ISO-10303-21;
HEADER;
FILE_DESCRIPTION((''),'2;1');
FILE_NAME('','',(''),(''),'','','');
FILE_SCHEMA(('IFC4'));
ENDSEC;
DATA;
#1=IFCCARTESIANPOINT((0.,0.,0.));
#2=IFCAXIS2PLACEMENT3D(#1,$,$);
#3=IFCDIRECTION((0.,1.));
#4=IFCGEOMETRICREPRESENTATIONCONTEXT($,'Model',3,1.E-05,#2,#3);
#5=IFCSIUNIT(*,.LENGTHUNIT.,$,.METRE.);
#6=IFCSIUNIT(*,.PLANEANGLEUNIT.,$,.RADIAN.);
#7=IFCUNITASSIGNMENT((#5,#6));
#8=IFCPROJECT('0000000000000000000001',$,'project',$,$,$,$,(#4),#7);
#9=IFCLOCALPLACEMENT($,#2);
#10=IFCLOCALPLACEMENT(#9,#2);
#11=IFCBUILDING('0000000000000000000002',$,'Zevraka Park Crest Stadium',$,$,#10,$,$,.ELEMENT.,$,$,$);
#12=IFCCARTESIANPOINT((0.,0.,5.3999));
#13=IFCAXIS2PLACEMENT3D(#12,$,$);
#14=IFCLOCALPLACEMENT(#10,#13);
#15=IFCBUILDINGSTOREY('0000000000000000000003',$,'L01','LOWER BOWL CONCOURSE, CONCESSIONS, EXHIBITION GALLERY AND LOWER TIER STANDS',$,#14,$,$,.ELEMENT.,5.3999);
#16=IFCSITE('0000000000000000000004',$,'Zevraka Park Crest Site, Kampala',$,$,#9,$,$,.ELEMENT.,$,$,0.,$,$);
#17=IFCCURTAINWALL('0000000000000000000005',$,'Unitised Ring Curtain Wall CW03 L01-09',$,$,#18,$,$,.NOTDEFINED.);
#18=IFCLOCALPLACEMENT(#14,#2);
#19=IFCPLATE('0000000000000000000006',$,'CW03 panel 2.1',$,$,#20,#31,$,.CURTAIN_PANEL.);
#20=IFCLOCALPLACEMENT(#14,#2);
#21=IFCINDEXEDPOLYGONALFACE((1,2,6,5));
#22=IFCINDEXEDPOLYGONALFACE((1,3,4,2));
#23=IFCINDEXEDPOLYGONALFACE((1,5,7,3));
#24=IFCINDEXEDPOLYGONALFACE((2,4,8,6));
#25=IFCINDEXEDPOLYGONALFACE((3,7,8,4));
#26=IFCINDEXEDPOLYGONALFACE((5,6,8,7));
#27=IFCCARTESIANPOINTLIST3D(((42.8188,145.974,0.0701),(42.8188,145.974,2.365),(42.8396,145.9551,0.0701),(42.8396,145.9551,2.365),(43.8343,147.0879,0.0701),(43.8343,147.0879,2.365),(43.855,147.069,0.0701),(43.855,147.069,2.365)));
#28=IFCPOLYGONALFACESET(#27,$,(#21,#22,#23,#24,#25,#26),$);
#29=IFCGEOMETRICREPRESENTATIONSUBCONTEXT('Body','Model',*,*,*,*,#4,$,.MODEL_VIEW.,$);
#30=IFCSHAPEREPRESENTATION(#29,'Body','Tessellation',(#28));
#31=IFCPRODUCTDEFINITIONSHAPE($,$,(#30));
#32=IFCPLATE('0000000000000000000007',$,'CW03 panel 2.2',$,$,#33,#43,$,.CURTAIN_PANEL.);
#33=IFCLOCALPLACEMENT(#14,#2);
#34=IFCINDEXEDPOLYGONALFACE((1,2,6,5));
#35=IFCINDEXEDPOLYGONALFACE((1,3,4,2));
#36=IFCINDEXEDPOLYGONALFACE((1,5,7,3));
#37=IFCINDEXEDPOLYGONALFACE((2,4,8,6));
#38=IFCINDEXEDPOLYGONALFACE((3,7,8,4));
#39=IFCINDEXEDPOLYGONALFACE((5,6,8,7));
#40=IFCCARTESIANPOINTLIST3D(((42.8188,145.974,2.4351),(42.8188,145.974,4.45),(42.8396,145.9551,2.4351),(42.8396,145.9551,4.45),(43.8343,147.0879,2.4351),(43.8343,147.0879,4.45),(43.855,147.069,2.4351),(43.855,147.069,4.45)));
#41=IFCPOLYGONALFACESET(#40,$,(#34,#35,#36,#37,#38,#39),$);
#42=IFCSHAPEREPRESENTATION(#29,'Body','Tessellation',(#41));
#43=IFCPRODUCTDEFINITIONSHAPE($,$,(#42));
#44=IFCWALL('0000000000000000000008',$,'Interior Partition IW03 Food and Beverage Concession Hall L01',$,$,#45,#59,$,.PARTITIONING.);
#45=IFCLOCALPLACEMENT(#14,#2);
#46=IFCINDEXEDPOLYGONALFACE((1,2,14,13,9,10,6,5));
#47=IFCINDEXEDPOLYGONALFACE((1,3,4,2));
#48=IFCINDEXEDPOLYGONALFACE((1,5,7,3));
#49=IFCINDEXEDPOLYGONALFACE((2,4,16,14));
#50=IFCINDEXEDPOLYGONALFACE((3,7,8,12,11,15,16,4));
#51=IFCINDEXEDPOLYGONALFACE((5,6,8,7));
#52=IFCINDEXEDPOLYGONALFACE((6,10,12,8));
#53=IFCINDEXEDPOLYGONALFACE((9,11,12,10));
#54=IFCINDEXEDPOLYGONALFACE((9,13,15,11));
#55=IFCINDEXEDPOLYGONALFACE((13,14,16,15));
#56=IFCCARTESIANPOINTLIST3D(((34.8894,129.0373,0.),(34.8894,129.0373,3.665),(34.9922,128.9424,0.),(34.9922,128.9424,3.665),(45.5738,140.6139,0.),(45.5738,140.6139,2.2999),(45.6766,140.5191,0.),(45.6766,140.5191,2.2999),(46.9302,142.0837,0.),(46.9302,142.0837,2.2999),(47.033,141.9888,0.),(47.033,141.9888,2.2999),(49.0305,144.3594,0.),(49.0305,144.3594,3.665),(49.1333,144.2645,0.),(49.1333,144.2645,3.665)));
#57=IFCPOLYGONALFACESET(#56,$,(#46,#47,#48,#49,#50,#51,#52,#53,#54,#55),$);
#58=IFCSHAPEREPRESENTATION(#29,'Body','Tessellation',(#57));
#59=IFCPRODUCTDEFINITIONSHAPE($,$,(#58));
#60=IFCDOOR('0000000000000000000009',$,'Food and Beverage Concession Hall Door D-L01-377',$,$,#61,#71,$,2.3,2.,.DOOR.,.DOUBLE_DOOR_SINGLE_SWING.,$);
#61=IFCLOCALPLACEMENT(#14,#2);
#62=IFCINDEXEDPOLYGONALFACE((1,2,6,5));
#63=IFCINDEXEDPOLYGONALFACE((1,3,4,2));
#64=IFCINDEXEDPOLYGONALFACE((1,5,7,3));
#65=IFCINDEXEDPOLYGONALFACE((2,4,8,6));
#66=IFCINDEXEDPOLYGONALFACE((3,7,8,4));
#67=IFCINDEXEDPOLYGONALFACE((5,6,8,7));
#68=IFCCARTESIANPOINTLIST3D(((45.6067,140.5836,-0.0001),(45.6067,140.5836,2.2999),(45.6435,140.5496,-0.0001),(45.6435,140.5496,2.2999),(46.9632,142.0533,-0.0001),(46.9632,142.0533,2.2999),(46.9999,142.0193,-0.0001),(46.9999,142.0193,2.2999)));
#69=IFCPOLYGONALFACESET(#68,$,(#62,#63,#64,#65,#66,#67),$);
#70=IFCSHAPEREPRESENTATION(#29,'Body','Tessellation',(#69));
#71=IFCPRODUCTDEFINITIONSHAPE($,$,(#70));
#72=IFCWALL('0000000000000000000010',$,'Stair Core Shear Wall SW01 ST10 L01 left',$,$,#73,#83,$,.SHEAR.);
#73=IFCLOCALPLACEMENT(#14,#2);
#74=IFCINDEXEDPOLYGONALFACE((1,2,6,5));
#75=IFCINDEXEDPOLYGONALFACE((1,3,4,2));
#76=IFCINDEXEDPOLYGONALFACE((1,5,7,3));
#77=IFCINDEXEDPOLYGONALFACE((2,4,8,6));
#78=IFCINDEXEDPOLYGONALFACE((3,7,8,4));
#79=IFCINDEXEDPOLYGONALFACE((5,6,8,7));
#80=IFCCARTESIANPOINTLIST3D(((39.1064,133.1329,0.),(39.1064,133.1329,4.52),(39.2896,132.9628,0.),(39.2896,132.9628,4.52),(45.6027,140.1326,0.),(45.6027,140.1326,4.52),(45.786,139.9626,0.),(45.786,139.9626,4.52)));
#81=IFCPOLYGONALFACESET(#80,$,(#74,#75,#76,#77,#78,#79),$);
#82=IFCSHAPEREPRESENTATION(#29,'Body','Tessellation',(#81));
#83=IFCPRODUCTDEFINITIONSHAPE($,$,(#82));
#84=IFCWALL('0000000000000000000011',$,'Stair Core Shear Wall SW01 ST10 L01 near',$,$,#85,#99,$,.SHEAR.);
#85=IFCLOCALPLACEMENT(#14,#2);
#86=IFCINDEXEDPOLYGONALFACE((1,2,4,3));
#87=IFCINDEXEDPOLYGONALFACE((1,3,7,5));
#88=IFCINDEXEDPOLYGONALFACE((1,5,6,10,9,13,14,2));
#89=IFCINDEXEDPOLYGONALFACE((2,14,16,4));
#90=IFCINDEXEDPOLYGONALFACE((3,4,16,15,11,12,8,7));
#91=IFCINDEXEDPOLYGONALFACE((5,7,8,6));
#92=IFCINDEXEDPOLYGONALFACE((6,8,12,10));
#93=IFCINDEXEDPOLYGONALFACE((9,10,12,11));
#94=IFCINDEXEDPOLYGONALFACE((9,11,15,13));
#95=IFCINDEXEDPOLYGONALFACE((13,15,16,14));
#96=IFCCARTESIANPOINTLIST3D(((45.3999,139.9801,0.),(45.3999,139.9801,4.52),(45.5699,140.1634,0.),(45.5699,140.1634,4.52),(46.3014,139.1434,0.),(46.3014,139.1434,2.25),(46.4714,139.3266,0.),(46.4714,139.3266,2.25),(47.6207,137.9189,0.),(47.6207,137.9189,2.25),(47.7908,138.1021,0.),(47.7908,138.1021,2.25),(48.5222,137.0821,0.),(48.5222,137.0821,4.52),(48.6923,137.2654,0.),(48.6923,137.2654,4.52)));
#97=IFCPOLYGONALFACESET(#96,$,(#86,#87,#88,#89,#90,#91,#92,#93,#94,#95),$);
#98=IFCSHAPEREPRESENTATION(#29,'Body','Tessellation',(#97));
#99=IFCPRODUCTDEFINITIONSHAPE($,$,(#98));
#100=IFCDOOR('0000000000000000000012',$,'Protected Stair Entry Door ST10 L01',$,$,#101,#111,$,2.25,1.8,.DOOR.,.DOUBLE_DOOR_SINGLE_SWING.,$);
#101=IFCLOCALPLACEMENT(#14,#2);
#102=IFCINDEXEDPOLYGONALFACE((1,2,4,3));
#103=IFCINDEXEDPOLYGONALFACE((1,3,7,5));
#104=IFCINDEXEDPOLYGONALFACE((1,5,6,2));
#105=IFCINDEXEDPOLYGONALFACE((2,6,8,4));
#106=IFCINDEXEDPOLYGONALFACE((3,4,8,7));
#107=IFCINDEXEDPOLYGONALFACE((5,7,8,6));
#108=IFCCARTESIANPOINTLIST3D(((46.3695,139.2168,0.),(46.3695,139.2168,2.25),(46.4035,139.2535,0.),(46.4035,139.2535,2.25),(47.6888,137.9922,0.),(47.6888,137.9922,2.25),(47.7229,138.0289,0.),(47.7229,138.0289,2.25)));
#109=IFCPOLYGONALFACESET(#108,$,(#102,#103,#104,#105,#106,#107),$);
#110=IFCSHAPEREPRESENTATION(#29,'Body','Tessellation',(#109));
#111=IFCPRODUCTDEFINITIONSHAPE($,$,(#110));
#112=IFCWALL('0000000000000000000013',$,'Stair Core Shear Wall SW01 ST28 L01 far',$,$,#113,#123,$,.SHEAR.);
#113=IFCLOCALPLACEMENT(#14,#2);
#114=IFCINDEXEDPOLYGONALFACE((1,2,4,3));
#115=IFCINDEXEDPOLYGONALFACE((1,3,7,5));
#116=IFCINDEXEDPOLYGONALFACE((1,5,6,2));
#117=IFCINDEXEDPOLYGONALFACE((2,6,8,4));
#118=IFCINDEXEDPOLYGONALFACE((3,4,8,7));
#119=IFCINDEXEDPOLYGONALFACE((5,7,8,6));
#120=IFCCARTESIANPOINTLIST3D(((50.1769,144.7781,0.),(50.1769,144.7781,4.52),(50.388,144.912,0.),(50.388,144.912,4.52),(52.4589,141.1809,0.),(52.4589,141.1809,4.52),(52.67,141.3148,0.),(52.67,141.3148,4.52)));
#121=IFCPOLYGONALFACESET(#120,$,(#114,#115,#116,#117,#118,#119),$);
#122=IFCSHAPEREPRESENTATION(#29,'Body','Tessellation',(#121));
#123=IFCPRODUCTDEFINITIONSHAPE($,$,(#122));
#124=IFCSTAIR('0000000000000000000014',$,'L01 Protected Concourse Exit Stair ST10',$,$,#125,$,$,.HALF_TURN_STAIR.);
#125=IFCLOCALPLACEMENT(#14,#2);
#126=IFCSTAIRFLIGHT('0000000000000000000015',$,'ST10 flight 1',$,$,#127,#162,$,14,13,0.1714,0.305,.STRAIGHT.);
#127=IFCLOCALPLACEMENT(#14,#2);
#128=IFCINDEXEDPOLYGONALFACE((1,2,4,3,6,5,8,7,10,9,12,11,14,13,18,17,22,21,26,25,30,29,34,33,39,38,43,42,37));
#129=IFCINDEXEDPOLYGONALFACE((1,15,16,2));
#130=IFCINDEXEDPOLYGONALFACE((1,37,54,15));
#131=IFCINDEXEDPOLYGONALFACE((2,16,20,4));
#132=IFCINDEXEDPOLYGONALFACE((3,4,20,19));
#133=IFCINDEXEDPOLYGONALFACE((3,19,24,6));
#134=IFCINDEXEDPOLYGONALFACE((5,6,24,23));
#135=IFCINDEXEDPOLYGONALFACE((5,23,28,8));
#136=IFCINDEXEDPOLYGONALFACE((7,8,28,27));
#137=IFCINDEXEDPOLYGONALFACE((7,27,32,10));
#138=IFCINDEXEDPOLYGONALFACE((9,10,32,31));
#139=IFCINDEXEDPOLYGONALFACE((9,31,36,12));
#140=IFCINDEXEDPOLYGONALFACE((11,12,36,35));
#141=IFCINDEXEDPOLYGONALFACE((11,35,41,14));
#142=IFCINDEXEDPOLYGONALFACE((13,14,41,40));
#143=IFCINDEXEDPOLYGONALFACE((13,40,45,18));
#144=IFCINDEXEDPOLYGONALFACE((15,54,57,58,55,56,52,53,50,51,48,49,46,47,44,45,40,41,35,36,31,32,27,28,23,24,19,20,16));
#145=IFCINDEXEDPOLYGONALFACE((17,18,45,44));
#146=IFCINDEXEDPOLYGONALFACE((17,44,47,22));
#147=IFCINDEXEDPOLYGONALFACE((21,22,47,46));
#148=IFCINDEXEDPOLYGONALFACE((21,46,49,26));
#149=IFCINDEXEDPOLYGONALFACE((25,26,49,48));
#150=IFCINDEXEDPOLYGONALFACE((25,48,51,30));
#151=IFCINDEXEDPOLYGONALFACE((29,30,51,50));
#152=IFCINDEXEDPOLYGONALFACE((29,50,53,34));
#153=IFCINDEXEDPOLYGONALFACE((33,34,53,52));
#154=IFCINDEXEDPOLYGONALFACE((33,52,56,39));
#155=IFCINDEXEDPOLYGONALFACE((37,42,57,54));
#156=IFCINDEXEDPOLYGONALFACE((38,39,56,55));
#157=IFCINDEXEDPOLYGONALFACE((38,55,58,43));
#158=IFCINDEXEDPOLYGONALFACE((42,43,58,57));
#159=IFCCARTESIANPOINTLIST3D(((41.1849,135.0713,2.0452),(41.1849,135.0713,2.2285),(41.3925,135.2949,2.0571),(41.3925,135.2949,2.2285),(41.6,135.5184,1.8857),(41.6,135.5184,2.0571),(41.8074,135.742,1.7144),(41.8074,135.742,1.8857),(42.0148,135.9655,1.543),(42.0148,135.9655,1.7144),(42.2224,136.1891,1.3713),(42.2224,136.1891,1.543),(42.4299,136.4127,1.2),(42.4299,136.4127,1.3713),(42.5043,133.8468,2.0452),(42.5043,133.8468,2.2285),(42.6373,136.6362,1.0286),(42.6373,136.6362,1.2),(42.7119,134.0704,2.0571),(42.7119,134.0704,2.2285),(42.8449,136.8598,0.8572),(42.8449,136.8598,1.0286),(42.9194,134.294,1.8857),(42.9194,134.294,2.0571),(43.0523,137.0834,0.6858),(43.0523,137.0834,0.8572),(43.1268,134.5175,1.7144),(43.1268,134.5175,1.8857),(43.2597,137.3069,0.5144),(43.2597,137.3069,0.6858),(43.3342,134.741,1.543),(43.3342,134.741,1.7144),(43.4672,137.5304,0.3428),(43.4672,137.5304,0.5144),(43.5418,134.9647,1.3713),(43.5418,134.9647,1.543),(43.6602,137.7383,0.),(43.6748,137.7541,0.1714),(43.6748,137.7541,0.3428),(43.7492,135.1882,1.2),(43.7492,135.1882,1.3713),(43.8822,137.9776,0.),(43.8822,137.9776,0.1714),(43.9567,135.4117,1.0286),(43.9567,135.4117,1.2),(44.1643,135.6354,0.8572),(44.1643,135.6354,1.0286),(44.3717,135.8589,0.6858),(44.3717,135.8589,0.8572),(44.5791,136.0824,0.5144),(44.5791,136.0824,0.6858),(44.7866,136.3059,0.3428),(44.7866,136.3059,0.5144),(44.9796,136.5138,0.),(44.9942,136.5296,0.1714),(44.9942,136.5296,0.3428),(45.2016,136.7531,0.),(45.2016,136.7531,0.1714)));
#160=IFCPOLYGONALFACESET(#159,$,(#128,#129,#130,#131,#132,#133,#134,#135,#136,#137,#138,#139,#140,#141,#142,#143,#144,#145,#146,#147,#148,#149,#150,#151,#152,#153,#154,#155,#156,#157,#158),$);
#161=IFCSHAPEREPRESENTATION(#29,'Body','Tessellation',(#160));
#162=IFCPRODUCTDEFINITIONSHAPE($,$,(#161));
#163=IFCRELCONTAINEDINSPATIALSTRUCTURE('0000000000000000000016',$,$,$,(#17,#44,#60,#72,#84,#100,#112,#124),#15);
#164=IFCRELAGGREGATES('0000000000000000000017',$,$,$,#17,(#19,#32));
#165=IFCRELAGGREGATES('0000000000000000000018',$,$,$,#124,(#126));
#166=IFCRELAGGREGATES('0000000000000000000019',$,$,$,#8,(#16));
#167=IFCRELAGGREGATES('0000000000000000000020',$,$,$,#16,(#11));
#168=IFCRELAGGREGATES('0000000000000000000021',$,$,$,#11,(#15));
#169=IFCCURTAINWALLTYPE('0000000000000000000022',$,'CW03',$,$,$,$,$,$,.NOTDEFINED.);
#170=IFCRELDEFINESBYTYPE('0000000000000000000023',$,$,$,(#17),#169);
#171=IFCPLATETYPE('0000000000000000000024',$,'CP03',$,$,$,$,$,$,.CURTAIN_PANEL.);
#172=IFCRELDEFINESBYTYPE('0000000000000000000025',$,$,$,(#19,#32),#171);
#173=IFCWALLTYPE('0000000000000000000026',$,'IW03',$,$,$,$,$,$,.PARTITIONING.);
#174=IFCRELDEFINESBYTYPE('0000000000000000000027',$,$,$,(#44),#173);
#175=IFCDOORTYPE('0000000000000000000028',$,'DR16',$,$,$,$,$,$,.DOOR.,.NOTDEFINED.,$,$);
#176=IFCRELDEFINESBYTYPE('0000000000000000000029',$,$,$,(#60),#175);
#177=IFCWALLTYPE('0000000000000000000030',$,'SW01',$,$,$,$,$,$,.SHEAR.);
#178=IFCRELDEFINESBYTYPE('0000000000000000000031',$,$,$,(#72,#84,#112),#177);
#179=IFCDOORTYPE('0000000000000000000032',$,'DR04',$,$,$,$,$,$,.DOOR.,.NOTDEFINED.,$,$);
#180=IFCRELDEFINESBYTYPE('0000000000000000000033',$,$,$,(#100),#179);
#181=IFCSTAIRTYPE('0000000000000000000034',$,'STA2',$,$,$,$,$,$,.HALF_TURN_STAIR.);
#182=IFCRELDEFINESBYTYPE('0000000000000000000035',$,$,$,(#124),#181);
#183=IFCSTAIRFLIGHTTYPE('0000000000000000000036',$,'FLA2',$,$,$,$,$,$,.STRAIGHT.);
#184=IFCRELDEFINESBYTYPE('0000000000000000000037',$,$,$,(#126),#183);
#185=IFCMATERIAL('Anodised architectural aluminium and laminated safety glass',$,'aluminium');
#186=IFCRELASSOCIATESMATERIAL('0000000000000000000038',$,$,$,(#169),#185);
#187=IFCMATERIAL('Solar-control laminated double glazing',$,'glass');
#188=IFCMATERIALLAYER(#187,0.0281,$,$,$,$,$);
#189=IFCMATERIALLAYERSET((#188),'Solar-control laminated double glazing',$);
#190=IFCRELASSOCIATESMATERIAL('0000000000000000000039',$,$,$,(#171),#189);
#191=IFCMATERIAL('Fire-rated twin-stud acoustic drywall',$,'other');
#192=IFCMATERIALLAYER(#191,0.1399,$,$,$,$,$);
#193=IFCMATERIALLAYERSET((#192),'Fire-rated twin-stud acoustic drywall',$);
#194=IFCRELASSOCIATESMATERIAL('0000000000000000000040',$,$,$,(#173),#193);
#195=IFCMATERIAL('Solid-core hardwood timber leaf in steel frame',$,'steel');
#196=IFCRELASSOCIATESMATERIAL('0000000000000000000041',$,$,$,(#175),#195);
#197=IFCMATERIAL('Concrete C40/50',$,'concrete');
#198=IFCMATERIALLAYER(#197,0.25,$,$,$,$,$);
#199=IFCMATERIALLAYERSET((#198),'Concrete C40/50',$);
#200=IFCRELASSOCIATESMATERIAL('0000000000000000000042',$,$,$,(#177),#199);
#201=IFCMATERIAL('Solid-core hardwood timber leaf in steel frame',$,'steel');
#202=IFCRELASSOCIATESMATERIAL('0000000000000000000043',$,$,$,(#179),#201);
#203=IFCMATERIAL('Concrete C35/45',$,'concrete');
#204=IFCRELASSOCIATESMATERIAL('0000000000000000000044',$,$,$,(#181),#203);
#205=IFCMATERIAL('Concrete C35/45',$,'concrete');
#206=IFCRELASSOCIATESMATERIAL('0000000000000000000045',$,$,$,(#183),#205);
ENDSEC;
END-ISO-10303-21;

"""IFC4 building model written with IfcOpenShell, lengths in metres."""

from ifc_helpers import new_model, si_unit, direction, frame, frame_2d, origin, origin_2d, place, context, subcontext, project, spatial, polyline, rectangle, outline, extrude, material, layer, layer_set, type_object, element, fill, aggregate, save


model = new_model("IFC4")

# Units and contexts
model_context = context("Model", 3, precision=1e-05, world=origin(), true_north=direction((0.0, 1.0)))
body_context = subcontext(model_context, "Body", "Model", "MODEL_VIEW")
ifc_project = project(units=[si_unit("LENGTHUNIT", "METRE"), si_unit("PLANEANGLEUNIT", "RADIAN")], contexts=[model_context])

# Site, building, storey
site_placement = place(None, origin())
site = spatial("IfcSite", under=ifc_project, at=site_placement, Name="Zevraka Park Crest Site, Kampala", CompositionType="ELEMENT", RefElevation=0.0)
building_placement = place(site_placement, origin())
building = spatial("IfcBuilding", under=site, at=building_placement, Name="Zevraka Park Crest Stadium", CompositionType="ELEMENT")
storey_placement = place(building_placement, frame((0.0, 0.0, 5.3999)))
storey = spatial("IfcBuildingStorey", under=building, at=storey_placement, Name="L01", Description="LOWER BOWL CONCOURSE, CONCESSIONS, EXHIBITION GALLERY AND LOWER TIER STANDS", CompositionType="ELEMENT", Elevation=5.3999)

# Curtain wall
ifc_material_1 = material(Name="Anodised architectural aluminium and laminated safety glass", Category="aluminium")
curtain_wall_type = type_object("IfcCurtainWallType", Name="CW03", PredefinedType="NOTDEFINED", material=ifc_material_1)
curtain_wall_placement = place(storey_placement, origin())
curtain_wall = element("IfcCurtainWall", 1, at=curtain_wall_placement, inside=storey, type_object=curtain_wall_type, Name="Unitised Ring Curtain Wall CW03 L01-09", PredefinedType="NOTDEFINED")

# Plates
ifc_material_2 = material(Name="Solar-control laminated double glazing", Category="glass")
ifc_layer_1 = layer(ifc_material_2, 0.0281)
ifc_layer_set_1 = layer_set([ifc_layer_1], Name="Solar-control laminated double glazing")
plate_type = type_object("IfcPlateType", Name="CP03", PredefinedType="CURTAIN_PANEL", material=ifc_layer_set_1)
plate_1_placement = place(storey_placement, frame((43.3369, 146.5215, 0.0701), z_axis=(0.0, 0.0, 1.0), x_axis=(-0.67368, -0.739023, 0.0)))
plate_1 = element("IfcPlate", 2, at=plate_1_placement, type_object=plate_type, Name="CW03 panel 2.1", PredefinedType="CURTAIN_PANEL", context=body_context, shape_type="SweptSolid", body=[
    extrude(rectangle(XDim=1.5073, YDim=0.0281, at=origin_2d()), origin(), (0.0, 0.0, 1.0), 2.2949),
])
plate_2_placement = place(storey_placement, frame((43.3369, 146.5215, 2.4351), z_axis=(0.0, 0.0, 1.0), x_axis=(-0.67368, -0.739023, 0.0)))
plate_2 = element("IfcPlate", 3, at=plate_2_placement, type_object=plate_type, Name="CW03 panel 2.2", PredefinedType="CURTAIN_PANEL", context=body_context, shape_type="SweptSolid", body=[
    extrude(rectangle(XDim=1.5073, YDim=0.0281, at=origin_2d()), origin(), (0.0, 0.0, 1.0), 2.0149),
])
aggregate(curtain_wall, [plate_1, plate_2])

# Wall, opening, door
ifc_material_3 = material(Name="Fire-rated twin-stud acoustic drywall", Category="other")
ifc_layer_2 = layer(ifc_material_3, 0.1399)
ifc_layer_set_2 = layer_set([ifc_layer_2], Name="Fire-rated twin-stud acoustic drywall")
wall_type_1 = type_object("IfcWallType", Name="IW03", PredefinedType="PARTITIONING", material=ifc_layer_set_2)
wall_1_placement = place(storey_placement, frame((49.082, 144.312, 0.0), z_axis=(0.0, 0.0, 1.0), x_axis=(-0.678221, -0.734858, 0.0)))
wall_1 = element("IfcWall", 4, at=wall_1_placement, inside=storey, type_object=wall_type_1, Name="Interior Partition IW03 Food and Beverage Concession Hall L01", PredefinedType="PARTITIONING", context=body_context, shape_type="SweptSolid", body=[
    extrude(rectangle(XDim=20.8503, YDim=0.1399, at=frame_2d((10.4253, 0.0))), origin(), (0.0, 0.0, 1.0), 3.665),
])
opening_1_placement = place(wall_1_placement, frame((3.0969, 0.0, 0.0)))
opening_1 = element("IfcOpeningElement", 5, at=opening_1_placement, cuts=wall_1, PredefinedType="OPENING", context=body_context, shape_type="SweptSolid", body=[
    extrude(rectangle(XDim=2.0, YDim=2.3, at=frame_2d((1.0, 1.1499))), frame((0.0, 0.0798, 0.0), z_axis=(0.0, -1.0, 0.0), x_axis=(1.0, 0.0, 0.0)), (0.0, 0.0, 1.0), 0.1599),
])
ifc_material_4 = material(Name="Solid-core hardwood timber leaf in steel frame", Category="steel")
door_type_1 = type_object("IfcDoorType", Name="DR16", OperationType="NOTDEFINED", PredefinedType="DOOR", material=ifc_material_4)
door_1_placement = place(opening_1_placement, origin())
door_1 = element("IfcDoor", 6, at=door_1_placement, inside=storey, type_object=door_type_1, Name="Food and Beverage Concession Hall Door D-L01-377", OperationType="DOUBLE_DOOR_SINGLE_SWING", OverallHeight=2.3, OverallWidth=2.0, PredefinedType="DOOR", context=body_context, shape_type="SweptSolid", body=[
    extrude(rectangle(XDim=2.0, YDim=2.3, at=frame_2d((1.0, 1.1499))), frame((0.0, 0.0249, 0.0), z_axis=(0.0, -1.0, 0.0), x_axis=(1.0, 0.0, 0.0)), (0.0, 0.0, 1.0), 0.05),
])
fill(opening_1, door_1)

# Wall
ifc_material_5 = material(Name="Concrete C40/50", Category="concrete")
ifc_layer_3 = layer(ifc_material_5, 0.25)
ifc_layer_set_3 = layer_set([ifc_layer_3], Name="Concrete C40/50")
wall_type_2 = type_object("IfcWallType", Name="SW01", PredefinedType="SHEAR", material=ifc_layer_set_3)
wall_2_placement = place(storey_placement, frame((45.6943, 140.0476, 0.0), z_axis=(0.0, 0.0, 1.0), x_axis=(-0.680258, -0.732973, 0.0)))
element("IfcWall", 7, at=wall_2_placement, inside=storey, type_object=wall_type_2, Name="Stair Core Shear Wall SW01 ST10 L01 left", PredefinedType="SHEAR", context=body_context, shape_type="SweptSolid", body=[
    extrude(rectangle(XDim=9.5498, YDim=0.25, at=frame_2d((4.7749, 0.0))), origin(), (0.0, 0.0, 1.0), 4.52),
])

# Wall, opening, door
wall_3_placement = place(storey_placement, frame((48.6072, 137.1738, 0.0), z_axis=(0.0, 0.0, 1.0), x_axis=(-0.732951, 0.680282, 0.0)))
wall_3 = element("IfcWall", 8, at=wall_3_placement, inside=storey, type_object=wall_type_2, Name="Stair Core Shear Wall SW01 ST10 L01 near", PredefinedType="SHEAR", context=body_context, shape_type="SweptSolid", body=[
    extrude(rectangle(XDim=4.26, YDim=0.25, at=frame_2d((2.1299, 0.0))), origin(), (0.0, 0.0, 1.0), 4.52),
])
opening_2_placement = place(wall_3_placement, frame((1.23, 0.0, 0.0)))
opening_2 = element("IfcOpeningElement", 9, at=opening_2_placement, cuts=wall_3, PredefinedType="OPENING", context=body_context, shape_type="SweptSolid", body=[
    extrude(rectangle(XDim=1.8, YDim=2.25, at=frame_2d((0.8999, 1.125))), frame((0.0, 0.135, 0.0), z_axis=(0.0, -1.0, 0.0), x_axis=(1.0, 0.0, 0.0)), (0.0, 0.0, 1.0), 0.27),
])
ifc_material_6 = material(Name="Solid-core hardwood timber leaf in steel frame", Category="steel")
door_type_2 = type_object("IfcDoorType", Name="DR04", OperationType="NOTDEFINED", PredefinedType="DOOR", material=ifc_material_6)
door_2_placement = place(opening_2_placement, origin())
door_2 = element("IfcDoor", 10, at=door_2_placement, inside=storey, type_object=door_type_2, Name="Protected Stair Entry Door ST10 L01", OperationType="DOUBLE_DOOR_SINGLE_SWING", OverallHeight=2.25, OverallWidth=1.8, PredefinedType="DOOR", context=body_context, shape_type="SweptSolid", body=[
    extrude(rectangle(XDim=1.8, YDim=2.25, at=frame_2d((0.8999, 1.125))), frame((0.0, 0.0249, 0.0), z_axis=(0.0, -1.0, 0.0), x_axis=(1.0, 0.0, 0.0)), (0.0, 0.0, 1.0), 0.05),
])
fill(opening_2, door_2)

# Wall
wall_4_placement = place(storey_placement, frame((50.2825, 144.845, 0.0), z_axis=(0.0, 0.0, 1.0), x_axis=(0.535685, -0.844418, 0.0)))
element("IfcWall", 11, at=wall_4_placement, inside=storey, type_object=wall_type_2, Name="Stair Core Shear Wall SW01 ST28 L01 far", PredefinedType="SHEAR", context=body_context, shape_type="SweptSolid", body=[
    extrude(rectangle(XDim=4.26, YDim=0.25, at=frame_2d((2.1299, 0.0))), origin(), (0.0, 0.0, 1.0), 4.52),
])

# Stair, stair flight
ifc_material_7 = material(Name="Concrete C35/45", Category="concrete")
stair_type = type_object("IfcStairType", Name="STA2", PredefinedType="HALF_TURN_STAIR", material=ifc_material_7)
stair_placement = place(storey_placement, origin())
stair = element("IfcStair", 12, at=stair_placement, inside=storey, type_object=stair_type, Name="L01 Protected Concourse Exit Stair ST10", PredefinedType="HALF_TURN_STAIR")
ifc_material_8 = material(Name="Concrete C35/45", Category="concrete")
stair_flight_type = type_object("IfcStairFlightType", Name="FLA2", PredefinedType="STRAIGHT", material=ifc_material_8)
stair_flight_placement = place(storey_placement, frame((44.542, 137.3652, 0.0), z_axis=(0.0, 0.0, 1.0), x_axis=(-0.680255, -0.732975, 0.0)))
stair_flight = element("IfcStairFlight", 13, at=stair_flight_placement, type_object=stair_flight_type, Name="ST10 flight 1", NumberOfRisers=14, NumberOfTreads=13, PredefinedType="STRAIGHT", RiserHeight=0.1714, TreadLength=0.305, context=body_context, shape_type="SweptSolid", body=[
    extrude(outline(polyline([(0.0, 0.0), (0.0, 0.1714), (0.3049, 0.1714), (0.3049, 0.3428), (0.6101, 0.3428), (0.6101, 0.5144), (0.915, 0.5144), (0.915, 0.6858), (1.22, 0.6858), (1.22, 0.8572), (1.5249, 0.8572), (1.5249, 1.0286), (1.8301, 1.0286), (1.8301, 1.2), (2.135, 1.2), (2.135, 1.3713), (2.4399, 1.3713), (2.4399, 1.543), (2.7451, 1.543), (2.7451, 1.7144), (3.05, 1.7144), (3.05, 1.8857), (3.355, 1.8857), (3.355, 2.0571), (3.6599, 2.0571), (3.6599, 2.2285), (3.9651, 2.2285), (3.9651, 2.3999), (3.9651, 2.0452), (0.3264, 0.0), (0.0, 0.0)])), frame((0.0, 0.8999, 0.0), z_axis=(0.0, -1.0, 0.0), x_axis=(1.0, 0.0, 0.0)), (0.0, 0.0, 1.0), 1.8),
])
aggregate(stair, [stair_flight])

save(model, "model.ifc")
